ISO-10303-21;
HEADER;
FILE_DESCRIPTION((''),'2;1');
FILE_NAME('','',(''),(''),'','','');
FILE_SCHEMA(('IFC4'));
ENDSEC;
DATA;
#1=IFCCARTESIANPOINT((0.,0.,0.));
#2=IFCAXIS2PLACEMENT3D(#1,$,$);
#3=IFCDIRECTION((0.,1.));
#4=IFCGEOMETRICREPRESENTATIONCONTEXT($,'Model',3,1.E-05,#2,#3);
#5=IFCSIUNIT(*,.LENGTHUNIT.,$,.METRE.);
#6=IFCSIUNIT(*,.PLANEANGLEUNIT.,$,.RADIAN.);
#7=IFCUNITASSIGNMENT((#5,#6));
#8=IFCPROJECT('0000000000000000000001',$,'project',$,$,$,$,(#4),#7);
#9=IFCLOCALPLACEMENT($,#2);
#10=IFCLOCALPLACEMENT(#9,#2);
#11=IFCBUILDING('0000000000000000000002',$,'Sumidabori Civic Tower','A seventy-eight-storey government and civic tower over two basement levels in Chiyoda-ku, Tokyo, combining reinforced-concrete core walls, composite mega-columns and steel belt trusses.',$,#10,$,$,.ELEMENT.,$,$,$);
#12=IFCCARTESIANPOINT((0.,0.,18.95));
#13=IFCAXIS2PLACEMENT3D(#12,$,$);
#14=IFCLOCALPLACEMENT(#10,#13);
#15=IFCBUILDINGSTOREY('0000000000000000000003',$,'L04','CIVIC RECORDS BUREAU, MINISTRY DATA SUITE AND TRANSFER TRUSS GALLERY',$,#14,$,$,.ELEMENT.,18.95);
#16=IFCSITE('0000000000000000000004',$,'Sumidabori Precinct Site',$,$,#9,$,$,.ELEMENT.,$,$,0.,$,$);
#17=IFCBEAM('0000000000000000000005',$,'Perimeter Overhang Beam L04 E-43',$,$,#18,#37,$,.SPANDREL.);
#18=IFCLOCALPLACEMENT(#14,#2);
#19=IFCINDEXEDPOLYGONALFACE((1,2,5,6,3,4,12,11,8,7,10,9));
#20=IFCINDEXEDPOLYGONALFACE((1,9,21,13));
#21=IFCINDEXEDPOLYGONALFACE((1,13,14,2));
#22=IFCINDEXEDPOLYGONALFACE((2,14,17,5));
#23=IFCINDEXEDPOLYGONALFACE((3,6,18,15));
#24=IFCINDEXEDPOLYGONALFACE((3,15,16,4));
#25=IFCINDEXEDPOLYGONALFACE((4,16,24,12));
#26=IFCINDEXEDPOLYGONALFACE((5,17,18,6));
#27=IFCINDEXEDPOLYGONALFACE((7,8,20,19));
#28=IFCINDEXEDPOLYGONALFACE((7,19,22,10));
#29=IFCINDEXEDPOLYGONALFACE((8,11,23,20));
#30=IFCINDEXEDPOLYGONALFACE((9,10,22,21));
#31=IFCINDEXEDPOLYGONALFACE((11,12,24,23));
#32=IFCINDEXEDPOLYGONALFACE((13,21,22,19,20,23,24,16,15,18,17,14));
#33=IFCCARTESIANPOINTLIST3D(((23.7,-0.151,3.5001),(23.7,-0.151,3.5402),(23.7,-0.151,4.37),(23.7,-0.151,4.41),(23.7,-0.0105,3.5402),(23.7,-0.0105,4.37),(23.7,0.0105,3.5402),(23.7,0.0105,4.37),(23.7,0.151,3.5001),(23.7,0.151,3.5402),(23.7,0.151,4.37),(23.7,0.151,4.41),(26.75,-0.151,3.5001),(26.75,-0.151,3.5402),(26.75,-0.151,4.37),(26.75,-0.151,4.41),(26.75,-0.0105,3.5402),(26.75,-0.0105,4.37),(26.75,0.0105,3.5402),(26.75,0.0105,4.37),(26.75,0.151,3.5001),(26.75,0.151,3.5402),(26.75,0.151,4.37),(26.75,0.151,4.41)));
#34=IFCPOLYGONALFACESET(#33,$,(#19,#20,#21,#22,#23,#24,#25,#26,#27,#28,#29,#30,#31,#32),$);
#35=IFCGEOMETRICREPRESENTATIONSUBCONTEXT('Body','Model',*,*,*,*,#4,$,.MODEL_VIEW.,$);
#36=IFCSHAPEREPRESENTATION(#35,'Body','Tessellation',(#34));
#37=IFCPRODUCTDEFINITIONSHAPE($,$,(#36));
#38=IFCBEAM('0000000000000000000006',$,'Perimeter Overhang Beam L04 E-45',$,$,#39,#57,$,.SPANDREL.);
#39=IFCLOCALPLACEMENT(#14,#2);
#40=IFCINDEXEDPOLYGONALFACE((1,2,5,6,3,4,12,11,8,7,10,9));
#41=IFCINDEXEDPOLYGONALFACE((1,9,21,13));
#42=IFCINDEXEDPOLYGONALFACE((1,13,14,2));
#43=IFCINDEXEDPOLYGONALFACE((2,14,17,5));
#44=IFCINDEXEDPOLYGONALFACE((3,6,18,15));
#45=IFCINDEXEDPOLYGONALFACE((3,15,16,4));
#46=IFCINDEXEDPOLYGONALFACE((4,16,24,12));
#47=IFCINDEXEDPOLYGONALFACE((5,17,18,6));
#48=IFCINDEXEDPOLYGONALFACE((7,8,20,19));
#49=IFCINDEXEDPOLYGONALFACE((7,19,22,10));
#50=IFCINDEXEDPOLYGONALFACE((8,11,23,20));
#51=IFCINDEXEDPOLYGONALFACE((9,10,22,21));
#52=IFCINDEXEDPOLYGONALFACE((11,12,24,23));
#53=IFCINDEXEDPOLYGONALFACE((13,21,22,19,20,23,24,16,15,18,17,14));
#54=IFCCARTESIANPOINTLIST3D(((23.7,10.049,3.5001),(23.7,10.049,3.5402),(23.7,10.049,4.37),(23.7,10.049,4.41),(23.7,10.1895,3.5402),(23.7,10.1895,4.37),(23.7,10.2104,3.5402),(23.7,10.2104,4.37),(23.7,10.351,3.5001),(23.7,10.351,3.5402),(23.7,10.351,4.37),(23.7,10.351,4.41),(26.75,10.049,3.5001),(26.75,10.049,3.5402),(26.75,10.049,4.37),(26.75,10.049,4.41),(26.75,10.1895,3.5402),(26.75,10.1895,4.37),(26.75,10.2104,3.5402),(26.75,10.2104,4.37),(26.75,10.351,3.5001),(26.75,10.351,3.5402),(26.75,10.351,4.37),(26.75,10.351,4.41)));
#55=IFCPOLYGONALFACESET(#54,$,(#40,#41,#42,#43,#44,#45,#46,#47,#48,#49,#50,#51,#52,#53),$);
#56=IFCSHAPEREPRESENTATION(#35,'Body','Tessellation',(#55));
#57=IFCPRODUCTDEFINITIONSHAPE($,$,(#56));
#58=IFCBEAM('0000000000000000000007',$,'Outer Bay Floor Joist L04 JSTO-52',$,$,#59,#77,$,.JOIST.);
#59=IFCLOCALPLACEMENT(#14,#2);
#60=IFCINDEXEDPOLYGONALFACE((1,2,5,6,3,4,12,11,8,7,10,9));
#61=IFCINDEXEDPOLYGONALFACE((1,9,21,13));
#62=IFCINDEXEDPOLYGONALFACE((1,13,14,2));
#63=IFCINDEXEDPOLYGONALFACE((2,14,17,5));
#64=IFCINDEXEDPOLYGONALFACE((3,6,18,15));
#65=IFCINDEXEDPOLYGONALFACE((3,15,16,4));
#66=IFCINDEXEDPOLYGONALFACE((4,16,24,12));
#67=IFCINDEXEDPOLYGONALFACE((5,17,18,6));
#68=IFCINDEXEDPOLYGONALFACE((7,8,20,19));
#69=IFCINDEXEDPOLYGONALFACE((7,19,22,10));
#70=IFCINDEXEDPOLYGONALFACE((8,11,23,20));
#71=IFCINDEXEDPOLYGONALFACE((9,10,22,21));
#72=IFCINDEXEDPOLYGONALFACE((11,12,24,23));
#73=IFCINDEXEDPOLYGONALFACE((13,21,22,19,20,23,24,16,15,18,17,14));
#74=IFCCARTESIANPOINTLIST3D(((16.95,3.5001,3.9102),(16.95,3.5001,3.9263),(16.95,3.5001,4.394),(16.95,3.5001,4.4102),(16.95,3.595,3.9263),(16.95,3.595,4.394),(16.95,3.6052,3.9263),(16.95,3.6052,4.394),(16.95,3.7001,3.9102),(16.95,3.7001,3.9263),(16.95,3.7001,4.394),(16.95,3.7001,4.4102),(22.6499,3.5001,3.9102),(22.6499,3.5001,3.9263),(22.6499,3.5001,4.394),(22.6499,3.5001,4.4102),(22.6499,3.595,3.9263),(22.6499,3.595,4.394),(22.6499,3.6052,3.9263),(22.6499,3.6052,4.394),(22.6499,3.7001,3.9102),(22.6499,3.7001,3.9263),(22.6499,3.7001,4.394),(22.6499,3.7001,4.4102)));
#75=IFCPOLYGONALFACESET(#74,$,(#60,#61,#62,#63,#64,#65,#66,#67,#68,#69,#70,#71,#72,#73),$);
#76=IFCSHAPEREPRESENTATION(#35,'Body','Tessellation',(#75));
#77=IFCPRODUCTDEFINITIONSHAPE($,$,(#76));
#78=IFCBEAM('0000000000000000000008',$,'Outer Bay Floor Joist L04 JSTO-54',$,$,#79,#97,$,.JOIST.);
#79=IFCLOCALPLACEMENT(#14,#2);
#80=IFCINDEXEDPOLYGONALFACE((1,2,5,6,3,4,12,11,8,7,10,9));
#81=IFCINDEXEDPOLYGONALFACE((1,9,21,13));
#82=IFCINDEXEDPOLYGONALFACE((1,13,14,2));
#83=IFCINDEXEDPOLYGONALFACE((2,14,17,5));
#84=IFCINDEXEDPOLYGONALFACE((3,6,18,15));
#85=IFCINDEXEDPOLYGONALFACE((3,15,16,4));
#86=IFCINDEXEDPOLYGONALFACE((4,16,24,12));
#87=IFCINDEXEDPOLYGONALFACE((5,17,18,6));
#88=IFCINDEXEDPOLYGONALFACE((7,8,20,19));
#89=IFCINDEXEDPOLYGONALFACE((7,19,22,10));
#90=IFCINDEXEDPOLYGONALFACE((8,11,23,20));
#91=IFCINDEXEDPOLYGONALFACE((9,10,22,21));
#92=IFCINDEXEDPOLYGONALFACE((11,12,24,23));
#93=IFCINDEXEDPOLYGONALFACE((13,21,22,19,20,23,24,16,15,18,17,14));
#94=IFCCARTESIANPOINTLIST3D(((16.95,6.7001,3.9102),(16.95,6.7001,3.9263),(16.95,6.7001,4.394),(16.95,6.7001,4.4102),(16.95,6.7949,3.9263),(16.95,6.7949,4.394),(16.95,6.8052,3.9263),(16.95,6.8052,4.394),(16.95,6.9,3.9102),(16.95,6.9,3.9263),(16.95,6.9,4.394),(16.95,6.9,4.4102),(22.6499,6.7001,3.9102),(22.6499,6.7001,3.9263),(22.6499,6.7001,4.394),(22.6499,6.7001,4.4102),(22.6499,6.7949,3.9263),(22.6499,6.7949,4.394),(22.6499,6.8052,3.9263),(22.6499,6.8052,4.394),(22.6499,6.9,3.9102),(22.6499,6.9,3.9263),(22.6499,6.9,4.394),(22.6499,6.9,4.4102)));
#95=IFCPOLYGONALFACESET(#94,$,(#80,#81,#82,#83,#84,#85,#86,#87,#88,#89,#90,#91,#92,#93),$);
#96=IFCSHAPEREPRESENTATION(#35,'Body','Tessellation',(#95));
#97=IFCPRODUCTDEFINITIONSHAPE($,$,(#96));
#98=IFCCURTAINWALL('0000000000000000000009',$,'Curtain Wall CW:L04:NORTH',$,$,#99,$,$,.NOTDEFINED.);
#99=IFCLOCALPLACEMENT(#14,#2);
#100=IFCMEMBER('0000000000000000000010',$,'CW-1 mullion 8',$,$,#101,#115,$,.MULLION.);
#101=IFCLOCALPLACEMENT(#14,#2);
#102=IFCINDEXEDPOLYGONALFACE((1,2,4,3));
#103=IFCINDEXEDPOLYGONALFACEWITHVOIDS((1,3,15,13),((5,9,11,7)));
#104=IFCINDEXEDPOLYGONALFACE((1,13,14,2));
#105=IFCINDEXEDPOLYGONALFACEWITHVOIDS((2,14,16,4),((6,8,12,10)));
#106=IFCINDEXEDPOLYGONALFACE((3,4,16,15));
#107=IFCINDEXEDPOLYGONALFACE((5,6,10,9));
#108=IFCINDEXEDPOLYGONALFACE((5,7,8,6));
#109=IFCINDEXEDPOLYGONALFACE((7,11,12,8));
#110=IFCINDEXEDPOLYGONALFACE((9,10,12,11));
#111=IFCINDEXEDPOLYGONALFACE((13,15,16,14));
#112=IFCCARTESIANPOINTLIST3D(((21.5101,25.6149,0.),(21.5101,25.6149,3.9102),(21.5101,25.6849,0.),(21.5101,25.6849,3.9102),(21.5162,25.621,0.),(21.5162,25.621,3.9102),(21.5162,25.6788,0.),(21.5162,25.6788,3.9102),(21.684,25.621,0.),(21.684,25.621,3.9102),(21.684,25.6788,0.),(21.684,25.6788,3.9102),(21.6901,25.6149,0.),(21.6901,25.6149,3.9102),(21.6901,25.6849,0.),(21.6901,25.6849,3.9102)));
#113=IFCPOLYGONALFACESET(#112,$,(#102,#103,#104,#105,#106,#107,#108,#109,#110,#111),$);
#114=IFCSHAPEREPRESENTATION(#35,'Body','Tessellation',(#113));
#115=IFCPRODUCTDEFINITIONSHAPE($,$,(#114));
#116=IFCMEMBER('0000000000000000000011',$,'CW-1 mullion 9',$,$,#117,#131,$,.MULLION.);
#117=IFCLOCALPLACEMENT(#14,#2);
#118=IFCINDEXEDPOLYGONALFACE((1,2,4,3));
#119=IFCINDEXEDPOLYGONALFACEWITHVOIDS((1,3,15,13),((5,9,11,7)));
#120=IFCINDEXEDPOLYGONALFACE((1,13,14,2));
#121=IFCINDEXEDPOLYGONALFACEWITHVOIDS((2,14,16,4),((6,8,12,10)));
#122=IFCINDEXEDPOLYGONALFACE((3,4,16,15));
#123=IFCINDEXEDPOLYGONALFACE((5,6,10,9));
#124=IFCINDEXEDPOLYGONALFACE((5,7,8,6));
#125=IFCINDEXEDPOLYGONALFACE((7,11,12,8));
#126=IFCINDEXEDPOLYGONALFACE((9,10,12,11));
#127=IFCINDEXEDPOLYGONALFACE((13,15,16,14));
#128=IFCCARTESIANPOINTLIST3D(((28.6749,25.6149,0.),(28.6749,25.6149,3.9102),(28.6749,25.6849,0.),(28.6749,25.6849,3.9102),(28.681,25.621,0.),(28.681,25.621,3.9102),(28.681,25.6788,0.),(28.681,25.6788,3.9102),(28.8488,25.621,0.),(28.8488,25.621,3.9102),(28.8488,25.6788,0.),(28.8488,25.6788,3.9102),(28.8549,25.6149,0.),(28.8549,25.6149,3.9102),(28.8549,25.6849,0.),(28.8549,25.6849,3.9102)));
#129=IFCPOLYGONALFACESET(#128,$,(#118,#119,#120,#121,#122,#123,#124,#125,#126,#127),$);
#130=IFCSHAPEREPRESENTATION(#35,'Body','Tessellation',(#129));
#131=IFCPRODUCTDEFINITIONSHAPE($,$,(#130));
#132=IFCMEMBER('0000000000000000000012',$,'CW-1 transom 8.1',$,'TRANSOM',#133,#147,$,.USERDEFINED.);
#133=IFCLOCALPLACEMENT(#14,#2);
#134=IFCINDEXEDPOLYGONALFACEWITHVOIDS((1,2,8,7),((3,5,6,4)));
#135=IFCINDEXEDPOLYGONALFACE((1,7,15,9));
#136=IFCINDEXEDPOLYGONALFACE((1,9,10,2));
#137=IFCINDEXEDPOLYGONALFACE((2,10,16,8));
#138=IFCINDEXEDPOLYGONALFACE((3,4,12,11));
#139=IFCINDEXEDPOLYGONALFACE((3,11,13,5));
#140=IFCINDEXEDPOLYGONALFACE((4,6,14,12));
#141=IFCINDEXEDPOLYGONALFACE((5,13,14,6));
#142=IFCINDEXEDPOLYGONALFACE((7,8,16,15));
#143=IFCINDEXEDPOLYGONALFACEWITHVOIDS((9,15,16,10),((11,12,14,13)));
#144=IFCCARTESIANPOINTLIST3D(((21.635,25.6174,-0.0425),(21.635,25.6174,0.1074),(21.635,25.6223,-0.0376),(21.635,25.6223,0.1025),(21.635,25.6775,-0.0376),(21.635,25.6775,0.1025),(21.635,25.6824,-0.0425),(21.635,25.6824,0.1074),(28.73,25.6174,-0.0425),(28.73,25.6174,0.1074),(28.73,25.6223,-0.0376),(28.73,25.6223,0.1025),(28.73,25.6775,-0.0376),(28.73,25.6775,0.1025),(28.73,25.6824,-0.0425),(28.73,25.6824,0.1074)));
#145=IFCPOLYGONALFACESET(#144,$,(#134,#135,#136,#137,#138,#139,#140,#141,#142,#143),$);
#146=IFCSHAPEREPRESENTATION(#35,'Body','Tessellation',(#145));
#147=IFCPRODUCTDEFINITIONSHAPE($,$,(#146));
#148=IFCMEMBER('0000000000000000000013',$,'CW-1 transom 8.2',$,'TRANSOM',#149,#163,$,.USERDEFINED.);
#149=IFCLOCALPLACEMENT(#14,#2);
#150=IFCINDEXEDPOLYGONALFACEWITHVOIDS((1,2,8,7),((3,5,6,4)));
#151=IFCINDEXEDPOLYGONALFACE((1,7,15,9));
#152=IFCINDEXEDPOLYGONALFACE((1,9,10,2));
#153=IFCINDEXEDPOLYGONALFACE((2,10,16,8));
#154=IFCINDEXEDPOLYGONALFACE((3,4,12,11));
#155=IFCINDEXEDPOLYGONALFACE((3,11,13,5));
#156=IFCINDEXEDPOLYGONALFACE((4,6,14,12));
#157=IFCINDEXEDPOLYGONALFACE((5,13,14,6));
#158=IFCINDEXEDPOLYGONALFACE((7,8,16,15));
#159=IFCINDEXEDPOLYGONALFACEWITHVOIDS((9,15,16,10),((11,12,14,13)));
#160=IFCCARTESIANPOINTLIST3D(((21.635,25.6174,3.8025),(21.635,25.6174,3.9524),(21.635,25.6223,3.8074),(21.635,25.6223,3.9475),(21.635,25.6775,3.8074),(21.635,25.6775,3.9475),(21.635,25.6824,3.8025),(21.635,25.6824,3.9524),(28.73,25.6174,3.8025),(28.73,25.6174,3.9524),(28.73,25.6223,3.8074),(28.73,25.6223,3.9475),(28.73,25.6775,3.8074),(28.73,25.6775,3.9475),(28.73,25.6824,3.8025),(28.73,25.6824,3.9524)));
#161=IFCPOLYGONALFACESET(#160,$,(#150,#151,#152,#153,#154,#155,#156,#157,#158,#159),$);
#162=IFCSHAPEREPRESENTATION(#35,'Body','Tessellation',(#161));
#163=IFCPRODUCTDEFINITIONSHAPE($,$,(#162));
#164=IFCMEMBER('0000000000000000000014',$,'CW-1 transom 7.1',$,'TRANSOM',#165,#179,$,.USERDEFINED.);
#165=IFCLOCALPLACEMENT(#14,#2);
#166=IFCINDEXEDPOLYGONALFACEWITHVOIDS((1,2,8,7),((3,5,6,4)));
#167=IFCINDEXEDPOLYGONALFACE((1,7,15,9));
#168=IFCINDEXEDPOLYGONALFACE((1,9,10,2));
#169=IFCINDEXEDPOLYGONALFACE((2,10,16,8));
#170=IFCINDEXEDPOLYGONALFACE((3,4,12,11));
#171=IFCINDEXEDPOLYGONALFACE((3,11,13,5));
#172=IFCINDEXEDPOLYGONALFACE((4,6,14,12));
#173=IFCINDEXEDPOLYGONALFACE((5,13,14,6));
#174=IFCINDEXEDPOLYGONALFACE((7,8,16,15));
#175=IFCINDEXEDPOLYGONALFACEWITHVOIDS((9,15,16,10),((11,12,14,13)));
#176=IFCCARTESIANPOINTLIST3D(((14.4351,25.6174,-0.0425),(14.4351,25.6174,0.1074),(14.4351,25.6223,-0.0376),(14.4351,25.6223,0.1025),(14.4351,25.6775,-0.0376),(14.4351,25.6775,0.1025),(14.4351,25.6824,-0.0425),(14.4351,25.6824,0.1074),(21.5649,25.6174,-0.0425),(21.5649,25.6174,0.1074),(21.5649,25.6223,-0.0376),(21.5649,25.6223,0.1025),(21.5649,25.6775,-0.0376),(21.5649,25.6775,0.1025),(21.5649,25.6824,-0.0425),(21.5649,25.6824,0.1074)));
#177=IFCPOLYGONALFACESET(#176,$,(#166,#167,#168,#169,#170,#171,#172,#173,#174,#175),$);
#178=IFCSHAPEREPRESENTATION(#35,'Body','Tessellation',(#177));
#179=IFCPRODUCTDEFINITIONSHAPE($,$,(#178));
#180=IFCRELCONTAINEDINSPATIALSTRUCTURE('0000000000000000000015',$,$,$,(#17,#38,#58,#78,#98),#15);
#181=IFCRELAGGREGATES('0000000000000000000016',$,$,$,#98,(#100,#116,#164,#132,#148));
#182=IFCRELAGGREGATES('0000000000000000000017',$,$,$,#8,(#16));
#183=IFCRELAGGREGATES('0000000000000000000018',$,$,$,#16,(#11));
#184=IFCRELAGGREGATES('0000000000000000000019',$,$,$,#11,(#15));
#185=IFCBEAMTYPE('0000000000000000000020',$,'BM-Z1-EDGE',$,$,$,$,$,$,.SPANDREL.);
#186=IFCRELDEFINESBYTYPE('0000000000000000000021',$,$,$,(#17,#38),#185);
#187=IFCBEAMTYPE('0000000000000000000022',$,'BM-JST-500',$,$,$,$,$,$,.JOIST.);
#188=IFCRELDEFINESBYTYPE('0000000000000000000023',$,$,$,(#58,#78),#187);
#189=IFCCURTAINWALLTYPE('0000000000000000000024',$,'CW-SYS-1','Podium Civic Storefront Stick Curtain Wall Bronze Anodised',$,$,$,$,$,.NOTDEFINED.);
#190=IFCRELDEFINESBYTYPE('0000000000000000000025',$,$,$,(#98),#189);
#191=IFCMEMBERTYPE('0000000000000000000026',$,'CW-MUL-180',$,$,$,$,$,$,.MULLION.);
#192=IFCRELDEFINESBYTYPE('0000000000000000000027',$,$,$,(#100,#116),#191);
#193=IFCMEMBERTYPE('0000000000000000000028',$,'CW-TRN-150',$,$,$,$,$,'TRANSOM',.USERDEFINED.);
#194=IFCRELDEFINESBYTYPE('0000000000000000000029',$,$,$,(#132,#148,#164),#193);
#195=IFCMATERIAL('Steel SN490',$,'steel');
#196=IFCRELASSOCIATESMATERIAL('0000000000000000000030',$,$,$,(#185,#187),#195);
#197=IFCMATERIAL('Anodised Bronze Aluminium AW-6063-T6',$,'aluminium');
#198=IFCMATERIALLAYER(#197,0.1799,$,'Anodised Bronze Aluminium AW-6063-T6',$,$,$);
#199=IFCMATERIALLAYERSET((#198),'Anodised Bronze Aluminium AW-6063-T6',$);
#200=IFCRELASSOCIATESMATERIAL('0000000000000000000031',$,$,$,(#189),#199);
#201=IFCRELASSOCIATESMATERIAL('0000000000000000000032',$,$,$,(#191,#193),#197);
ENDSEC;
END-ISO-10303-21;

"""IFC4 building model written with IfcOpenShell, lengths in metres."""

from ifc_helpers import new_model, si_unit, direction, frame, origin, origin_2d, place, context, subcontext, project, spatial, hollow_rectangle, i_section, extrude, source, transform, mapped, material, layer, layer_set, material_profile, profile_set, type_object, element, aggregate, save


model = new_model("IFC4")

# Units and contexts
model_context = context("Model", 3, precision=1e-05, world=origin(), true_north=direction((0.0, 1.0)))
body_context = subcontext(model_context, "Body", "Model", "MODEL_VIEW")
ifc_project = project(units=[si_unit("LENGTHUNIT", "METRE"), si_unit("PLANEANGLEUNIT", "RADIAN")], contexts=[model_context])

# Site, building, storey
site_placement = place(None, origin())
site = spatial("IfcSite", under=ifc_project, at=site_placement, Name="Sumidabori Precinct Site", CompositionType="ELEMENT", RefElevation=0.0)
building_placement = place(site_placement, origin())
building = spatial("IfcBuilding", under=site, at=building_placement, Name="Sumidabori Civic Tower", Description="A seventy-eight-storey government and civic tower over two basement levels in Chiyoda-ku, Tokyo, combining reinforced-concrete core walls, composite mega-columns and steel belt trusses.", CompositionType="ELEMENT")
storey_placement = place(building_placement, frame((0.0, 0.0, 18.95)))
storey = spatial("IfcBuildingStorey", under=building, at=storey_placement, Name="L04", Description="CIVIC RECORDS BUREAU, MINISTRY DATA SUITE AND TRANSFER TRUSS GALLERY", CompositionType="ELEMENT", Elevation=18.95)

# Beams
ifc_material_1 = material(Name="Steel SN490", Category="steel")
ifc_material_profile_1 = material_profile(ifc_material_1, i_section(OverallWidth=0.302, OverallDepth=0.9099, WebThickness=0.021, FlangeThickness=0.04, at=origin_2d()), Name="HE 900 M")
ifc_profile_set_1 = profile_set([ifc_material_profile_1], Name="Steel SN490")
beam_type_1 = type_object("IfcBeamType", Name="BM-Z1-EDGE", PredefinedType="SPANDREL", material=ifc_profile_set_1)
shared_shape_1 = source(origin(), body_context, "Body", "SweptSolid", [
    extrude(i_section(OverallWidth=0.302, OverallDepth=0.9099, WebThickness=0.021, FlangeThickness=0.04, at=origin_2d()), origin(), (0.0, 0.0, 1.0), 3.05),
])
for number, where, z_axis, x_axis, name in (
    (1, (23.7, 0.0, 3.9551), (1.0, 0.0, 0.0), (0.0, 1.0, 0.0), "Perimeter Overhang Beam L04 E-43"),
    (2, (23.7, 10.2, 3.9551), (1.0, 0.0, 0.0), (0.0, 1.0, 0.0), "Perimeter Overhang Beam L04 E-45"),
):
    element("IfcBeam", number, at=place(storey_placement, frame(where, z_axis=z_axis, x_axis=x_axis)), inside=storey, type_object=beam_type_1, Name=name, PredefinedType="SPANDREL", context=body_context, shape_type="MappedRepresentation", body=[
        mapped(shared_shape_1, transform((0.0, 0.0, 0.0), x_axis=(1.0, 0.0, 0.0), y_axis=(0.0, 1.0, 0.0), z_axis=(0.0, 0.0, 1.0), scale=1.0)),
    ])
ifc_material_profile_2 = material_profile(ifc_material_1, i_section(OverallWidth=0.2, OverallDepth=0.5, WebThickness=0.0103, FlangeThickness=0.0161, at=origin_2d()), Name="IPE 500")
ifc_profile_set_2 = profile_set([ifc_material_profile_2], Name="Steel SN490")
beam_type_2 = type_object("IfcBeamType", Name="BM-JST-500", PredefinedType="JOIST", material=ifc_profile_set_2)
shared_shape_2 = source(origin(), body_context, "Body", "SweptSolid", [
    extrude(i_section(OverallWidth=0.2, OverallDepth=0.5, WebThickness=0.0103, FlangeThickness=0.0161, at=origin_2d()), origin(), (0.0, 0.0, 1.0), 5.7),
])
for number, where, z_axis, x_axis, name in (
    (3, (16.95, 3.6001, 4.1602), (1.0, 0.0, 0.0), (0.0, 1.0, 0.0), "Outer Bay Floor Joist L04 JSTO-52"),
    (4, (16.95, 6.8, 4.1602), (1.0, 0.0, 0.0), (0.0, 1.0, 0.0), "Outer Bay Floor Joist L04 JSTO-54"),
):
    element("IfcBeam", number, at=place(storey_placement, frame(where, z_axis=z_axis, x_axis=x_axis)), inside=storey, type_object=beam_type_2, Name=name, PredefinedType="JOIST", context=body_context, shape_type="MappedRepresentation", body=[
        mapped(shared_shape_2, transform((0.0, 0.0, 0.0), x_axis=(1.0, 0.0, 0.0), y_axis=(0.0, 1.0, 0.0), z_axis=(0.0, 0.0, 1.0), scale=1.0)),
    ])

# Curtain wall, members
ifc_material_2 = material(Name="Anodised Bronze Aluminium AW-6063-T6", Category="aluminium")
ifc_layer_1 = layer(ifc_material_2, 0.1799, Name="Anodised Bronze Aluminium AW-6063-T6")
ifc_layer_set_1 = layer_set([ifc_layer_1], Name="Anodised Bronze Aluminium AW-6063-T6")
curtain_wall_type = type_object("IfcCurtainWallType", Name="CW-SYS-1", Description="Podium Civic Storefront Stick Curtain Wall Bronze Anodised", PredefinedType="NOTDEFINED", material=ifc_layer_set_1)
curtain_wall_placement = place(storey_placement, origin())
curtain_wall = element("IfcCurtainWall", 5, at=curtain_wall_placement, inside=storey, type_object=curtain_wall_type, Name="Curtain Wall CW:L04:NORTH", PredefinedType="NOTDEFINED")
ifc_material_profile_3 = material_profile(ifc_material_2, hollow_rectangle(XDim=0.0701, YDim=0.1799, WallThickness=0.0061, at=origin_2d()), Name="ALU MULLION 180x70")
ifc_profile_set_3 = profile_set([ifc_material_profile_3], Name="Anodised Bronze Aluminium AW-6063-T6")
member_type_1 = type_object("IfcMemberType", Name="CW-MUL-180", PredefinedType="MULLION", material=ifc_profile_set_3)
shared_shape_3 = source(origin(), body_context, "Body", "SweptSolid", [
    extrude(hollow_rectangle(XDim=0.0701, YDim=0.1799, WallThickness=0.0061, at=origin_2d()), origin(), (0.0, 0.0, 1.0), 3.9102),
])
member_1_placement = place(storey_placement, frame((21.6001, 25.6499, 0.0), z_axis=(0.0, 0.0, 1.0), x_axis=(0.0, 1.0, 0.0)))
member_1 = element("IfcMember", 6, at=member_1_placement, type_object=member_type_1, Name="CW-1 mullion 8", PredefinedType="MULLION", context=body_context, shape_type="MappedRepresentation", body=[
    mapped(shared_shape_3, transform((0.0, 0.0, 0.0), x_axis=(1.0, 0.0, 0.0), y_axis=(0.0, 1.0, 0.0), z_axis=(0.0, 0.0, 1.0), scale=1.0)),
])
member_2_placement = place(storey_placement, frame((28.7649, 25.6499, 0.0), z_axis=(0.0, 0.0, 1.0), x_axis=(0.0, 1.0, 0.0)))
member_2 = element("IfcMember", 7, at=member_2_placement, type_object=member_type_1, Name="CW-1 mullion 9", PredefinedType="MULLION", context=body_context, shape_type="MappedRepresentation", body=[
    mapped(shared_shape_3, transform((0.0, 0.0, 0.0), x_axis=(1.0, 0.0, 0.0), y_axis=(0.0, 1.0, 0.0), z_axis=(0.0, 0.0, 1.0), scale=1.0)),
])
ifc_material_profile_4 = material_profile(ifc_material_2, hollow_rectangle(XDim=0.0649, YDim=0.1499, WallThickness=0.0049, at=origin_2d()), Name="ALU TRANSOM 150x65")
ifc_profile_set_4 = profile_set([ifc_material_profile_4], Name="Anodised Bronze Aluminium AW-6063-T6")
member_type_2 = type_object("IfcMemberType", Name="CW-TRN-150", ElementType="TRANSOM", PredefinedType="USERDEFINED", material=ifc_profile_set_4)
shared_shape_4 = source(origin(), body_context, "Body", "SweptSolid", [
    extrude(hollow_rectangle(XDim=0.0649, YDim=0.1499, WallThickness=0.0049, at=origin_2d()), origin(), (0.0, 0.0, 1.0), 7.095),
])
member_3_placement = place(storey_placement, frame((21.635, 25.6499, 0.0325), z_axis=(1.0, 0.0, 0.0), x_axis=(0.0, 1.0, 0.0)))
member_3 = element("IfcMember", 8, at=member_3_placement, type_object=member_type_2, Name="CW-1 transom 8.1", ObjectType="TRANSOM", PredefinedType="USERDEFINED", context=body_context, shape_type="MappedRepresentation", body=[
    mapped(shared_shape_4, transform((0.0, 0.0, 0.0), x_axis=(1.0, 0.0, 0.0), y_axis=(0.0, 1.0, 0.0), z_axis=(0.0, 0.0, 1.0), scale=1.0)),
])
member_4_placement = place(storey_placement, frame((21.635, 25.6499, 3.8774), z_axis=(1.0, 0.0, 0.0), x_axis=(0.0, 1.0, 0.0)))
member_4 = element("IfcMember", 9, at=member_4_placement, type_object=member_type_2, Name="CW-1 transom 8.2", ObjectType="TRANSOM", PredefinedType="USERDEFINED", context=body_context, shape_type="MappedRepresentation", body=[
    mapped(shared_shape_4, transform((0.0, 0.0, 0.0), x_axis=(1.0, 0.0, 0.0), y_axis=(0.0, 1.0, 0.0), z_axis=(0.0, 0.0, 1.0), scale=1.0)),
])
shared_shape_5 = source(origin(), body_context, "Body", "SweptSolid", [
    extrude(hollow_rectangle(XDim=0.0649, YDim=0.1499, WallThickness=0.0049, at=origin_2d()), origin(), (0.0, 0.0, 1.0), 7.1299),
])
member_5_placement = place(storey_placement, frame((14.4351, 25.6499, 0.0325), z_axis=(1.0, 0.0, 0.0), x_axis=(0.0, 1.0, 0.0)))
member_5 = element("IfcMember", 10, at=member_5_placement, type_object=member_type_2, Name="CW-1 transom 7.1", ObjectType="TRANSOM", PredefinedType="USERDEFINED", context=body_context, shape_type="MappedRepresentation", body=[
    mapped(shared_shape_5, transform((0.0, 0.0, 0.0), x_axis=(1.0, 0.0, 0.0), y_axis=(0.0, 1.0, 0.0), z_axis=(0.0, 0.0, 1.0), scale=1.0)),
])
aggregate(curtain_wall, [member_1, member_2, member_5, member_3, member_4])

save(model, "model.ifc")
